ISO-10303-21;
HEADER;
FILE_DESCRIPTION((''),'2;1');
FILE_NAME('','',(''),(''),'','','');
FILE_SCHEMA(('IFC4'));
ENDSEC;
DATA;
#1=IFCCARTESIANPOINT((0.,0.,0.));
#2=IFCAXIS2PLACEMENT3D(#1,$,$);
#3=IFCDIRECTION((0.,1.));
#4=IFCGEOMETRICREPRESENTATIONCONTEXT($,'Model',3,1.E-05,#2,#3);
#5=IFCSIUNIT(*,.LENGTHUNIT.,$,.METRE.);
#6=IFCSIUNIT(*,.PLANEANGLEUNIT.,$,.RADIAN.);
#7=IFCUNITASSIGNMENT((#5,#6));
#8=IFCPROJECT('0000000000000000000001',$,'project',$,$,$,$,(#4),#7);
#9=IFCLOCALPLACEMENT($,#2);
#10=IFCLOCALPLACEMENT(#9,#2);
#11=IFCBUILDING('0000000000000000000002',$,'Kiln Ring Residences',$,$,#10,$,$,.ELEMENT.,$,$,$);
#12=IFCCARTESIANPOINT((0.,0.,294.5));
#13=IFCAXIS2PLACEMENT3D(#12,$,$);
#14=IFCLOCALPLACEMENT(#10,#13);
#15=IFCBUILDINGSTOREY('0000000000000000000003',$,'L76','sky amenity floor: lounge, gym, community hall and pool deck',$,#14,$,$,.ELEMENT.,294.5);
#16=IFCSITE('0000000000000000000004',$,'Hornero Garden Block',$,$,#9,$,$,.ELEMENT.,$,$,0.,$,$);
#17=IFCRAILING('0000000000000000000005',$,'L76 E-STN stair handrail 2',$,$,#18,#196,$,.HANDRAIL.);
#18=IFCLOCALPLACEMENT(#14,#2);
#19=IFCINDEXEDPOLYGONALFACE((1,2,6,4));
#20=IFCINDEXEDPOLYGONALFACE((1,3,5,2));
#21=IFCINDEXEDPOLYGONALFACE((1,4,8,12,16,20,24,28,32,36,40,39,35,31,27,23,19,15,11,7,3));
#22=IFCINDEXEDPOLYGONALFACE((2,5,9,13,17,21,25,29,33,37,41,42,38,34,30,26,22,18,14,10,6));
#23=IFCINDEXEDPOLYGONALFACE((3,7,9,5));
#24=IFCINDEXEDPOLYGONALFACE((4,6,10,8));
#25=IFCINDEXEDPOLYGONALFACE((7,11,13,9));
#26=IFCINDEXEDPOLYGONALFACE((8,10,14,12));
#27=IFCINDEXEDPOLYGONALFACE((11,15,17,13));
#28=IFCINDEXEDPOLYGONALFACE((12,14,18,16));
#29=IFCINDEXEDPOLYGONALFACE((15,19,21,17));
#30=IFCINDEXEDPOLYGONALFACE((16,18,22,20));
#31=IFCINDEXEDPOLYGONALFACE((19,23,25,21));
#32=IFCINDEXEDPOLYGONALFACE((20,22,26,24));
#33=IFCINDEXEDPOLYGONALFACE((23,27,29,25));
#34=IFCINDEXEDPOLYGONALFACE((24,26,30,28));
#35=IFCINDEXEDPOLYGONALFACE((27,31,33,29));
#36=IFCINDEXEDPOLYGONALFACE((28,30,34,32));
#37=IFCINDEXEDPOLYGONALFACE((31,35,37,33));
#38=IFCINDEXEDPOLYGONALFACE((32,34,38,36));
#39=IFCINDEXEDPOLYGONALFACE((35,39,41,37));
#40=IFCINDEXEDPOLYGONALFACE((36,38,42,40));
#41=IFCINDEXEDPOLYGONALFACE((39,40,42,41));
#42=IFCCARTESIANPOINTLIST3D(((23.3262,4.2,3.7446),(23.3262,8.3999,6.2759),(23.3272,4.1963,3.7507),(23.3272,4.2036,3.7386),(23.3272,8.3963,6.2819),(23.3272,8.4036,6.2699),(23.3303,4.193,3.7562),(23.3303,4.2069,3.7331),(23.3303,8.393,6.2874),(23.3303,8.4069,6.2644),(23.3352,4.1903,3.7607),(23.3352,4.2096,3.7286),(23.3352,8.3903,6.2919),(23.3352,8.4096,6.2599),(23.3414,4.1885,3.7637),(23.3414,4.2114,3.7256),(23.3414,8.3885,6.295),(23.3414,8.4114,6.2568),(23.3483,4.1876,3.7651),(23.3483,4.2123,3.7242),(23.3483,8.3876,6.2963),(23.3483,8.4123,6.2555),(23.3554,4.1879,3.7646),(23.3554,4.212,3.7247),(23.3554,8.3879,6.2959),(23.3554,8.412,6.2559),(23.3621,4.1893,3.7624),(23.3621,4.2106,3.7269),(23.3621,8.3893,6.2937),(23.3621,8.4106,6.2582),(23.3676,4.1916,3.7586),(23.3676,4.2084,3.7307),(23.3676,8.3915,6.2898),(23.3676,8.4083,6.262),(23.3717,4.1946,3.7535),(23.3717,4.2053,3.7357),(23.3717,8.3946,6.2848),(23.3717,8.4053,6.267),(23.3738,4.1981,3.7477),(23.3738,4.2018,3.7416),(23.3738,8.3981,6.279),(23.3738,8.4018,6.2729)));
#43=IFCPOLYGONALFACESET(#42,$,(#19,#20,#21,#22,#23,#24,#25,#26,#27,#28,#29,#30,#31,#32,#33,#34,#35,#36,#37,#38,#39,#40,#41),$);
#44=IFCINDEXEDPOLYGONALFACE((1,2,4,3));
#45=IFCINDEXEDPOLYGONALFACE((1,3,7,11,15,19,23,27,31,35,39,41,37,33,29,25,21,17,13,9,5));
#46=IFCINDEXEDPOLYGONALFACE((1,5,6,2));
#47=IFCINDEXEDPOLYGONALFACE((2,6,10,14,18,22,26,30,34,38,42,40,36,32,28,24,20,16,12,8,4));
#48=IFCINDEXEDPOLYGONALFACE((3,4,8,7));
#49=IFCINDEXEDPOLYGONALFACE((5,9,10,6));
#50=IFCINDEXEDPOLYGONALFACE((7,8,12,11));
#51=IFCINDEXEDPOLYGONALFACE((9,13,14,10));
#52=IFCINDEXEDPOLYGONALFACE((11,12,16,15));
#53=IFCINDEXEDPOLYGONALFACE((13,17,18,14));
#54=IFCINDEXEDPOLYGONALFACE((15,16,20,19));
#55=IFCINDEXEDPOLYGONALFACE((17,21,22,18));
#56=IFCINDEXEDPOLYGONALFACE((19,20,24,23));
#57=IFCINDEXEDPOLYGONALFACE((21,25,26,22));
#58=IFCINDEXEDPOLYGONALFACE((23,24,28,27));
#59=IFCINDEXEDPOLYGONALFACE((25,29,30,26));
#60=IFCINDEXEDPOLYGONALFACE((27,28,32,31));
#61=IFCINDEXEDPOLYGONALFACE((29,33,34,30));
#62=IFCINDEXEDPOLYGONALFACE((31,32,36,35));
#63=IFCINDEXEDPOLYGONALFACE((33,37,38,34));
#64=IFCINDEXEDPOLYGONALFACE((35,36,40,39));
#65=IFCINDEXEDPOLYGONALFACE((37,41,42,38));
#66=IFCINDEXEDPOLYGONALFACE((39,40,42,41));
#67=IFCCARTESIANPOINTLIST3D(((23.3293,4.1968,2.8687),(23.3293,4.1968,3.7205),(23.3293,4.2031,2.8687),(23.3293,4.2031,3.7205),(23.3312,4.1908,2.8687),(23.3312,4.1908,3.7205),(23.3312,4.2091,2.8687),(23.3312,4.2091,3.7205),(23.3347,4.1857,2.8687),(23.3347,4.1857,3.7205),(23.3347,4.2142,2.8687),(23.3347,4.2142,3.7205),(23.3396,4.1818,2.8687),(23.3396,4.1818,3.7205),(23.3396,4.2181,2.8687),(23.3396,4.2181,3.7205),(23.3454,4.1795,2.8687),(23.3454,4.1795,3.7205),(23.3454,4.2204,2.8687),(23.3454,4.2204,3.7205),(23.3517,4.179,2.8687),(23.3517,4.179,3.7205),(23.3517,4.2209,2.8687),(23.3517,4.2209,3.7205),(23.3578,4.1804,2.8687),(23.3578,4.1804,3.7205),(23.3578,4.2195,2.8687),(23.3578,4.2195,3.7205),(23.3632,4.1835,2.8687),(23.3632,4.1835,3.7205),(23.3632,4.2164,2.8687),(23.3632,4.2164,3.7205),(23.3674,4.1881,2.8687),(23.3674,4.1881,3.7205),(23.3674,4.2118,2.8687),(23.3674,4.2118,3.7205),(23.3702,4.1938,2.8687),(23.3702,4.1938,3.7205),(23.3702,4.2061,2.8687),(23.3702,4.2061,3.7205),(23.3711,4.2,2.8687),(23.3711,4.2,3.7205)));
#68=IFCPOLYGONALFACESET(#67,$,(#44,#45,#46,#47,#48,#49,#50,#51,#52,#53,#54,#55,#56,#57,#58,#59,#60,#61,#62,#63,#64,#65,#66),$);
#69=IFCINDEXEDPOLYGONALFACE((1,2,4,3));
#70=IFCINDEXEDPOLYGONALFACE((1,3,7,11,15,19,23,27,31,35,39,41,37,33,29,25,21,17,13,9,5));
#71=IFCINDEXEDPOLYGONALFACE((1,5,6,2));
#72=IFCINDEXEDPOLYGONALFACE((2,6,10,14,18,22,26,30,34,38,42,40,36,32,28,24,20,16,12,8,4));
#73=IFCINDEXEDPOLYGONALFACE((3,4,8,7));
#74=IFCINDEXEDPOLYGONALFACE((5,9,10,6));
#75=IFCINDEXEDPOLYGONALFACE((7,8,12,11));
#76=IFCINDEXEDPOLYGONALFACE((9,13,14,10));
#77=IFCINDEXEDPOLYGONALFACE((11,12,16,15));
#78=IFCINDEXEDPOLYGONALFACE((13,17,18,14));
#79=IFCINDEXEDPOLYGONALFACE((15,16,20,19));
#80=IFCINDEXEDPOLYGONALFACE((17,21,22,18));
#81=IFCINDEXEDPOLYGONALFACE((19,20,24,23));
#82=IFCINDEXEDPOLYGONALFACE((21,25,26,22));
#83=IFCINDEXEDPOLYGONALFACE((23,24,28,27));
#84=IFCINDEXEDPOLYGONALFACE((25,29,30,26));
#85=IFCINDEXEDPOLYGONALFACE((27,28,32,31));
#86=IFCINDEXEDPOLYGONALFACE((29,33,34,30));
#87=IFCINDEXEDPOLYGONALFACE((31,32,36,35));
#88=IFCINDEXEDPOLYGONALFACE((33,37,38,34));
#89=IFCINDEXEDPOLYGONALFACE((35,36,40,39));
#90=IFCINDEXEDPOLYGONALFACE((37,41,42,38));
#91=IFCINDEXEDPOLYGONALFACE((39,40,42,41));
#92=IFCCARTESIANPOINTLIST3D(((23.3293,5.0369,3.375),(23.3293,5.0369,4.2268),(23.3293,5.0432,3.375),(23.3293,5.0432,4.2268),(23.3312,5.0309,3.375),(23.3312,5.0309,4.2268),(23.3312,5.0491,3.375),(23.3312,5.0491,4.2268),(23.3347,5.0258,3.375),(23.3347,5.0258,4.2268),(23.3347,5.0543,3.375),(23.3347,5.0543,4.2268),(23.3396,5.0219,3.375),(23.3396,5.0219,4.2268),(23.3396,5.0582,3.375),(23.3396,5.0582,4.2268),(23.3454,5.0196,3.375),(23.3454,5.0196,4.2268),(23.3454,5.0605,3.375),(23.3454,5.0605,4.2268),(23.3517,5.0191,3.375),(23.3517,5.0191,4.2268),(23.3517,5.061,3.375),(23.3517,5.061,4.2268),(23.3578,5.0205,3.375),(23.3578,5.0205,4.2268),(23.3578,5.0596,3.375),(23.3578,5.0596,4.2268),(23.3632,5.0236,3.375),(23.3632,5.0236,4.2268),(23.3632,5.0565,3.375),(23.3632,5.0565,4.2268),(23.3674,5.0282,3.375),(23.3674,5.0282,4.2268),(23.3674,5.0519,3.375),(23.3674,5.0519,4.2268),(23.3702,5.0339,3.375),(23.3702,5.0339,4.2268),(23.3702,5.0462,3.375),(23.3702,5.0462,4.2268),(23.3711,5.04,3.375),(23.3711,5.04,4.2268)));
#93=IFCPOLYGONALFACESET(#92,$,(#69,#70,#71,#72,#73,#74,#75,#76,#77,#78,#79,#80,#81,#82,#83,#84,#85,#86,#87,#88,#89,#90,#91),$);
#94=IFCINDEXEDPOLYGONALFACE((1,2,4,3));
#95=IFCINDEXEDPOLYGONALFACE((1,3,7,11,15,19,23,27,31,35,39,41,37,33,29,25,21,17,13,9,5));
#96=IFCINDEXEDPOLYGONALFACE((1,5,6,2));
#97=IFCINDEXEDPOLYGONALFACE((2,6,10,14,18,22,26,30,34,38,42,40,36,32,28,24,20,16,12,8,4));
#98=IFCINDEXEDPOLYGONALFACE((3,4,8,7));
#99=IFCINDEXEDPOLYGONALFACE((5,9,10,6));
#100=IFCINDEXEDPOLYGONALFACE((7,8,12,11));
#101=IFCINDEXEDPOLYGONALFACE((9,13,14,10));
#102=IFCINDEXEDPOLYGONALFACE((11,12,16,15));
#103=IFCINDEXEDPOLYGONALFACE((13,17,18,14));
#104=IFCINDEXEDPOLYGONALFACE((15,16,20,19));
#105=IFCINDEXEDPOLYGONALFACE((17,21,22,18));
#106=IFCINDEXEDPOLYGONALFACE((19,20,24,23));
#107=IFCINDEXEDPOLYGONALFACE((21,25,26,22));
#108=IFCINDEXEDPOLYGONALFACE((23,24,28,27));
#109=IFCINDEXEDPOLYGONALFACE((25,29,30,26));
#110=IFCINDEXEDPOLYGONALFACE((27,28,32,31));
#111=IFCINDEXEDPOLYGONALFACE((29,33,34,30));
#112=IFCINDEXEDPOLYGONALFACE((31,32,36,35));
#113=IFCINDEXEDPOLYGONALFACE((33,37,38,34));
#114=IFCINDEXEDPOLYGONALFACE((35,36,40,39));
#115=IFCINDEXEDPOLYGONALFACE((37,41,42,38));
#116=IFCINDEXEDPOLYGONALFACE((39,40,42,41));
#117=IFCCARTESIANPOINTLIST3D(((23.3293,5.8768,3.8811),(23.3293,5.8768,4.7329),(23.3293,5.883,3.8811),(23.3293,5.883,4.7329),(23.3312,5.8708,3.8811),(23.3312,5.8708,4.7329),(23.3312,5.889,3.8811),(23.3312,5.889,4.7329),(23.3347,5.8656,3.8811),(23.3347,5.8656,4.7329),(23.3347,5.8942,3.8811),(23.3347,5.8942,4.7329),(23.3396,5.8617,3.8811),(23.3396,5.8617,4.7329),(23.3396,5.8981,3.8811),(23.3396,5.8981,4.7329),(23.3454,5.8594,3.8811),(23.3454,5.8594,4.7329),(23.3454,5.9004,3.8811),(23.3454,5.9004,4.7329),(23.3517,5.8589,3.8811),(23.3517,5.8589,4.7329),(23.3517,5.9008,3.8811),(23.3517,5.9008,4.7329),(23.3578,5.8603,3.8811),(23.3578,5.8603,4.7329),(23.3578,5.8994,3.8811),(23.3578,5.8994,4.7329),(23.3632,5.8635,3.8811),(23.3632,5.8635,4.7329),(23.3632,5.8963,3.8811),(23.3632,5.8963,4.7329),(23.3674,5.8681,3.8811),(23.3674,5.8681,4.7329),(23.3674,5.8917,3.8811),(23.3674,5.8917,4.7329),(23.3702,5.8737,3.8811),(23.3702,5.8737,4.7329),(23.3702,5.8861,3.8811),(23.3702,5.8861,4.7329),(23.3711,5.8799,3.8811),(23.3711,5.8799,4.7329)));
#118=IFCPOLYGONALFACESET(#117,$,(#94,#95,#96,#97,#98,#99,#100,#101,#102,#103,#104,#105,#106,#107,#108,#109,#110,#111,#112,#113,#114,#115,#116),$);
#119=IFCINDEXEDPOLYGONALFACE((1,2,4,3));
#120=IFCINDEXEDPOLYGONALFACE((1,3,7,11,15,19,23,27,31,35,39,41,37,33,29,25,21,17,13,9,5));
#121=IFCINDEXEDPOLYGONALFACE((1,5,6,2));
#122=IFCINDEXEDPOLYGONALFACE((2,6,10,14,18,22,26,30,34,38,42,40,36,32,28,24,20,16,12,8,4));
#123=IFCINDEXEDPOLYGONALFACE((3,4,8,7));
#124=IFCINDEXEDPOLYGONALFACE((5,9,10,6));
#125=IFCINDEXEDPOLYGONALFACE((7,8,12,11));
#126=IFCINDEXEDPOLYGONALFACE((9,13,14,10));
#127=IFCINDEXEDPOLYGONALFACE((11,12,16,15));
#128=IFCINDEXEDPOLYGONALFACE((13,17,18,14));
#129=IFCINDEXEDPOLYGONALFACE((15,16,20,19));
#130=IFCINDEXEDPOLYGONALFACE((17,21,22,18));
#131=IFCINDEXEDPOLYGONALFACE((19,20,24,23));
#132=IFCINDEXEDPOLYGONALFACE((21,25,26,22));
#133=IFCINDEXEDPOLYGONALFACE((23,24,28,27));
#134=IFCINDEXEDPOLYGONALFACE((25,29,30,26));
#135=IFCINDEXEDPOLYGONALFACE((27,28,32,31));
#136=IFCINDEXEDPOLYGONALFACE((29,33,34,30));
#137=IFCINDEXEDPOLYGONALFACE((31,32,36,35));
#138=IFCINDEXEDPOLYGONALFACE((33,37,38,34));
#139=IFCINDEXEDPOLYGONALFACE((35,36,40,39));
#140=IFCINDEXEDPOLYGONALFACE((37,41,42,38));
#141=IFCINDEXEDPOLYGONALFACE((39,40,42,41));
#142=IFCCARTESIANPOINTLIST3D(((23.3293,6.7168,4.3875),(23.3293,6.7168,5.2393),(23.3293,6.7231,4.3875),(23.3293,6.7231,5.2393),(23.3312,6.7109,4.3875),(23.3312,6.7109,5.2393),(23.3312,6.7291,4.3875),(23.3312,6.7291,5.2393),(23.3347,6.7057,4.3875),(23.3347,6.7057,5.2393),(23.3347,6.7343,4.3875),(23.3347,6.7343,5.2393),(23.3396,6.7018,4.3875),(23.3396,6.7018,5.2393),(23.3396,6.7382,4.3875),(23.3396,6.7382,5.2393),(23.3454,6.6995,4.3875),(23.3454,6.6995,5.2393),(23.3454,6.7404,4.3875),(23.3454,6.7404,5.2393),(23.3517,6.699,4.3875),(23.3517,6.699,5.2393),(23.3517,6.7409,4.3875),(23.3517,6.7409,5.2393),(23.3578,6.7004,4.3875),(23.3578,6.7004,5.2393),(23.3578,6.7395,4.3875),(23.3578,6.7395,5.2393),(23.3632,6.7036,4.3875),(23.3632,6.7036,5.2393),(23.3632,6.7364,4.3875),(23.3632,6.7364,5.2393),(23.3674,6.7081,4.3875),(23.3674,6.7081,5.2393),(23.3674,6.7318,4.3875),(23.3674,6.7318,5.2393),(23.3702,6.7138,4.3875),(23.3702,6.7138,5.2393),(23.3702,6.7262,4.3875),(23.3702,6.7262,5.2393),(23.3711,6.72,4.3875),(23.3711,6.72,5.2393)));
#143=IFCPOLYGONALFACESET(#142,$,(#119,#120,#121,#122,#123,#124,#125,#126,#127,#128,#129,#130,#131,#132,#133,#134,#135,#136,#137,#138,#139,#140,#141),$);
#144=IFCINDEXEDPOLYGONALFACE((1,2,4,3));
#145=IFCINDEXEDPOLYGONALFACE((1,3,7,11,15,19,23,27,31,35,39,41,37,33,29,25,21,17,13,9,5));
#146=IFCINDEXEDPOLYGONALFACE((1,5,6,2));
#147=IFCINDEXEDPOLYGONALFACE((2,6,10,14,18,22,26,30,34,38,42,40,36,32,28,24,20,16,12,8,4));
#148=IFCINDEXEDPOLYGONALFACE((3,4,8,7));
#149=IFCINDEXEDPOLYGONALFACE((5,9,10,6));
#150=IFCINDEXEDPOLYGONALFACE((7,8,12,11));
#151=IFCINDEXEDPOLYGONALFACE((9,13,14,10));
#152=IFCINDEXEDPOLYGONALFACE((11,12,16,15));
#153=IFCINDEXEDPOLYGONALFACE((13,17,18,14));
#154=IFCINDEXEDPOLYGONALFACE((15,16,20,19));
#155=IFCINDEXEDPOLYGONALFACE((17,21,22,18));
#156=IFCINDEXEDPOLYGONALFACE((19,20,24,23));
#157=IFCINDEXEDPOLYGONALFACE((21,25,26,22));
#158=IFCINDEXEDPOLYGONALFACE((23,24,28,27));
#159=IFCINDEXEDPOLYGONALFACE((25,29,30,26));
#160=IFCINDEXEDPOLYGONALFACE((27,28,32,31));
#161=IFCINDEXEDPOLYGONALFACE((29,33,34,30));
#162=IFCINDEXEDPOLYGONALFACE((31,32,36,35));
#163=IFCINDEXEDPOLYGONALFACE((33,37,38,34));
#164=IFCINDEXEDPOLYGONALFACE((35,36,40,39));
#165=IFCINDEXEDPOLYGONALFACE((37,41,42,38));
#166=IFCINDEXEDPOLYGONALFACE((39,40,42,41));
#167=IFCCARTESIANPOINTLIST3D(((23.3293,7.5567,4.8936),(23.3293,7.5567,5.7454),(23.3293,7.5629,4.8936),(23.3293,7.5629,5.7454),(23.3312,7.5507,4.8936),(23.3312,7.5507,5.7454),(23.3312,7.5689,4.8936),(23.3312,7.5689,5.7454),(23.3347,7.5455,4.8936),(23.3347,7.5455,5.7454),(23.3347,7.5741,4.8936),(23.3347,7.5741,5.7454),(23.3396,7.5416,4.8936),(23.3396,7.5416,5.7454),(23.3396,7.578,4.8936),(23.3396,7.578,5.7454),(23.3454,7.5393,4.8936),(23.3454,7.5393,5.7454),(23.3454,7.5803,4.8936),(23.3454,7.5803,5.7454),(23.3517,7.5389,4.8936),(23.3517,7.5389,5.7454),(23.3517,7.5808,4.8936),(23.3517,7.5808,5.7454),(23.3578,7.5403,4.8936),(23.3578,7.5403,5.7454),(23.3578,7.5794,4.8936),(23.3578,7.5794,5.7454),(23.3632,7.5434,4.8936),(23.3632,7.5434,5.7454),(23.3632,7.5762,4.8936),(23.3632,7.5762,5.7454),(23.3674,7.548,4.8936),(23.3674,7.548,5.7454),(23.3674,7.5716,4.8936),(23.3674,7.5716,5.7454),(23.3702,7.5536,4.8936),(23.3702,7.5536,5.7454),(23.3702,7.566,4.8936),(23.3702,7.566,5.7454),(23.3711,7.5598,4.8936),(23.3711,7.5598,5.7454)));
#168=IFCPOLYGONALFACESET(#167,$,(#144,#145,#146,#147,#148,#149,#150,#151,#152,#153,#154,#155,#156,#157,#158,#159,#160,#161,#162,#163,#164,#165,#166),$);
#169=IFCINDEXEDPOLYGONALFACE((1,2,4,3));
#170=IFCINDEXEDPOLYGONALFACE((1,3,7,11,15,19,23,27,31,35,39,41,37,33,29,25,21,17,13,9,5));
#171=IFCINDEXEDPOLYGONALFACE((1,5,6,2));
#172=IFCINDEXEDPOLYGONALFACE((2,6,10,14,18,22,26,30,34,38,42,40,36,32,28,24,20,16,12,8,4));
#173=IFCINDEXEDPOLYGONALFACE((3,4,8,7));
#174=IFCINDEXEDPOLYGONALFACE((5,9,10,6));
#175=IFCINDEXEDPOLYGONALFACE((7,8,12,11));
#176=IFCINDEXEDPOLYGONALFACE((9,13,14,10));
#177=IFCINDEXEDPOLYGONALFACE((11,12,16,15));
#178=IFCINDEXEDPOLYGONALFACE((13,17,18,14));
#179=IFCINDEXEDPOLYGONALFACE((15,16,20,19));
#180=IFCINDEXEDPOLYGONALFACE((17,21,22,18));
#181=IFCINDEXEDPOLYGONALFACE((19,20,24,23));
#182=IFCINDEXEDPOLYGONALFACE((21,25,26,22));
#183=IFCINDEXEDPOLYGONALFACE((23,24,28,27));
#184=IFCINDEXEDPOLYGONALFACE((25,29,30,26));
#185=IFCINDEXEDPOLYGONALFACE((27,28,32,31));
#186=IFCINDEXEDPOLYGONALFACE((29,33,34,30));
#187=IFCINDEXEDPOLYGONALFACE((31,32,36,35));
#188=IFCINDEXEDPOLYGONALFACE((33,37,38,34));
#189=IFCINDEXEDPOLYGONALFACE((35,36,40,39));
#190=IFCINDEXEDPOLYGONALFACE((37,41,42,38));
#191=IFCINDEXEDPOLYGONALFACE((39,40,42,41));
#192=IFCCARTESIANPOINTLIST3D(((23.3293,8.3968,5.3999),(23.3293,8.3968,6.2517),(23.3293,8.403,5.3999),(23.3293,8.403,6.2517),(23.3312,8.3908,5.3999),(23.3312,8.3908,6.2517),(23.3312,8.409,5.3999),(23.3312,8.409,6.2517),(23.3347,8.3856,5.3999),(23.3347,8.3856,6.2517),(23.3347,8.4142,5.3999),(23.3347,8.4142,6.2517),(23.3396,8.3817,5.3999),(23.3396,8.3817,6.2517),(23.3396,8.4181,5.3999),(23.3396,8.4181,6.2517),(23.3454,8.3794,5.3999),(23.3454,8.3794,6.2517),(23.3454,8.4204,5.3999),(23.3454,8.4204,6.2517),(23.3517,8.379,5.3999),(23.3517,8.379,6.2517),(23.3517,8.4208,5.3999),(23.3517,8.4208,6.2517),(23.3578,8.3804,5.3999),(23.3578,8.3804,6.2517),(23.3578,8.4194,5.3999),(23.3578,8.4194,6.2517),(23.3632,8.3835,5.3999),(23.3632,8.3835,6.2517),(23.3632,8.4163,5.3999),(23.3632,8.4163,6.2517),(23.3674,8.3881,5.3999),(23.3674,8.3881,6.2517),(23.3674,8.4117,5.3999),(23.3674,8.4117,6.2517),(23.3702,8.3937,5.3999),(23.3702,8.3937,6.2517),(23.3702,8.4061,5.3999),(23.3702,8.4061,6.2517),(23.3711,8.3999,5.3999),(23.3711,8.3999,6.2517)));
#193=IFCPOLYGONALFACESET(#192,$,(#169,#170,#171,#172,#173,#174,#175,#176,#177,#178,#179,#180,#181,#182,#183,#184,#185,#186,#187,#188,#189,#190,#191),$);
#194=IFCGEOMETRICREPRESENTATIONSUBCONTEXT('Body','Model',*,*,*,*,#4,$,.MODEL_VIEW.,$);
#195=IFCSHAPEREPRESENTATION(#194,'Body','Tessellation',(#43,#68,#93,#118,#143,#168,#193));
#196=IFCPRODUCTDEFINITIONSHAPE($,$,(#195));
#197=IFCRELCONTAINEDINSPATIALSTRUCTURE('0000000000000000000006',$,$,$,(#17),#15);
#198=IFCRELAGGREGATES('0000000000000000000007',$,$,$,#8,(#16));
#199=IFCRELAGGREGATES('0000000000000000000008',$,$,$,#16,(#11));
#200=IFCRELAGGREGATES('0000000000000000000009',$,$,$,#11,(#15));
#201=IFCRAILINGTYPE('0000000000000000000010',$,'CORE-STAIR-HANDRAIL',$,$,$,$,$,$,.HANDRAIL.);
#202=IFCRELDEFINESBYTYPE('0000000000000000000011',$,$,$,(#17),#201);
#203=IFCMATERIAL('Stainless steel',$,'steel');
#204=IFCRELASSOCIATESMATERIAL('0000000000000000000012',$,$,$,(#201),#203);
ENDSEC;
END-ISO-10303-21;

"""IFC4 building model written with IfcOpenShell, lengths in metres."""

from ifc_helpers import new_model, si_unit, direction, frame, origin, origin_2d, place, context, subcontext, project, spatial, circle, extrude, material, type_object, element, save


model = new_model("IFC4")

# Units and contexts
model_context = context("Model", 3, precision=1e-05, world=origin(), true_north=direction((0.0, 1.0)))
body_context = subcontext(model_context, "Body", "Model", "MODEL_VIEW")
ifc_project = project(units=[si_unit("LENGTHUNIT", "METRE"), si_unit("PLANEANGLEUNIT", "RADIAN")], contexts=[model_context])

# Site, building, storey
site_placement = place(None, origin())
site = spatial("IfcSite", under=ifc_project, at=site_placement, Name="Hornero Garden Block", CompositionType="ELEMENT", RefElevation=0.0)
building_placement = place(site_placement, origin())
building = spatial("IfcBuilding", under=site, at=building_placement, Name="Kiln Ring Residences", CompositionType="ELEMENT")
storey_placement = place(building_placement, frame((0.0, 0.0, 294.5)))
storey = spatial("IfcBuildingStorey", under=building, at=storey_placement, Name="L76", Description="sky amenity floor: lounge, gym, community hall and pool deck", CompositionType="ELEMENT", Elevation=294.5)

# Railing
ifc_material_1 = material(Name="Stainless steel", Category="steel")
railing_type_1 = type_object("IfcRailingType", Name="CORE-STAIR-HANDRAIL", PredefinedType="HANDRAIL", material=ifc_material_1)
railing_1_placement = place(storey_placement, frame((23.3501, 4.2, 2.8687)))
element("IfcRailing", 1, at=railing_1_placement, inside=storey, type_object=railing_type_1, Name="L76 E-STN stair handrail 2", PredefinedType="HANDRAIL", context=body_context, shape_type="SweptSolid", body=[
    extrude(circle(Radius=0.0239, at=origin_2d()), frame((0.0, 0.0, 0.876), z_axis=(0.0, 0.856476, 0.516186), x_axis=(-1.0, 0.0, 0.0)), (0.0, 0.0, 1.0), 4.9038),
    extrude(circle(Radius=0.021, at=origin_2d()), origin(), (0.0, 0.0, 1.0), 0.8518),
    extrude(circle(Radius=0.021, at=origin_2d()), frame((0.0, 0.8401, 0.5063)), (0.0, 0.0, 1.0), 0.8518),
    extrude(circle(Radius=0.021, at=origin_2d()), frame((0.0, 1.6799, 1.0125)), (0.0, 0.0, 1.0), 0.8518),
    extrude(circle(Radius=0.021, at=origin_2d()), frame((0.0, 2.52, 1.5188)), (0.0, 0.0, 1.0), 0.8518),
    extrude(circle(Radius=0.021, at=origin_2d()), frame((0.0, 3.3599, 2.0249)), (0.0, 0.0, 1.0), 0.8518),
    extrude(circle(Radius=0.021, at=origin_2d()), frame((0.0, 4.2, 2.5312)), (0.0, 0.0, 1.0), 0.8518),
])

save(model, "model.ifc")
